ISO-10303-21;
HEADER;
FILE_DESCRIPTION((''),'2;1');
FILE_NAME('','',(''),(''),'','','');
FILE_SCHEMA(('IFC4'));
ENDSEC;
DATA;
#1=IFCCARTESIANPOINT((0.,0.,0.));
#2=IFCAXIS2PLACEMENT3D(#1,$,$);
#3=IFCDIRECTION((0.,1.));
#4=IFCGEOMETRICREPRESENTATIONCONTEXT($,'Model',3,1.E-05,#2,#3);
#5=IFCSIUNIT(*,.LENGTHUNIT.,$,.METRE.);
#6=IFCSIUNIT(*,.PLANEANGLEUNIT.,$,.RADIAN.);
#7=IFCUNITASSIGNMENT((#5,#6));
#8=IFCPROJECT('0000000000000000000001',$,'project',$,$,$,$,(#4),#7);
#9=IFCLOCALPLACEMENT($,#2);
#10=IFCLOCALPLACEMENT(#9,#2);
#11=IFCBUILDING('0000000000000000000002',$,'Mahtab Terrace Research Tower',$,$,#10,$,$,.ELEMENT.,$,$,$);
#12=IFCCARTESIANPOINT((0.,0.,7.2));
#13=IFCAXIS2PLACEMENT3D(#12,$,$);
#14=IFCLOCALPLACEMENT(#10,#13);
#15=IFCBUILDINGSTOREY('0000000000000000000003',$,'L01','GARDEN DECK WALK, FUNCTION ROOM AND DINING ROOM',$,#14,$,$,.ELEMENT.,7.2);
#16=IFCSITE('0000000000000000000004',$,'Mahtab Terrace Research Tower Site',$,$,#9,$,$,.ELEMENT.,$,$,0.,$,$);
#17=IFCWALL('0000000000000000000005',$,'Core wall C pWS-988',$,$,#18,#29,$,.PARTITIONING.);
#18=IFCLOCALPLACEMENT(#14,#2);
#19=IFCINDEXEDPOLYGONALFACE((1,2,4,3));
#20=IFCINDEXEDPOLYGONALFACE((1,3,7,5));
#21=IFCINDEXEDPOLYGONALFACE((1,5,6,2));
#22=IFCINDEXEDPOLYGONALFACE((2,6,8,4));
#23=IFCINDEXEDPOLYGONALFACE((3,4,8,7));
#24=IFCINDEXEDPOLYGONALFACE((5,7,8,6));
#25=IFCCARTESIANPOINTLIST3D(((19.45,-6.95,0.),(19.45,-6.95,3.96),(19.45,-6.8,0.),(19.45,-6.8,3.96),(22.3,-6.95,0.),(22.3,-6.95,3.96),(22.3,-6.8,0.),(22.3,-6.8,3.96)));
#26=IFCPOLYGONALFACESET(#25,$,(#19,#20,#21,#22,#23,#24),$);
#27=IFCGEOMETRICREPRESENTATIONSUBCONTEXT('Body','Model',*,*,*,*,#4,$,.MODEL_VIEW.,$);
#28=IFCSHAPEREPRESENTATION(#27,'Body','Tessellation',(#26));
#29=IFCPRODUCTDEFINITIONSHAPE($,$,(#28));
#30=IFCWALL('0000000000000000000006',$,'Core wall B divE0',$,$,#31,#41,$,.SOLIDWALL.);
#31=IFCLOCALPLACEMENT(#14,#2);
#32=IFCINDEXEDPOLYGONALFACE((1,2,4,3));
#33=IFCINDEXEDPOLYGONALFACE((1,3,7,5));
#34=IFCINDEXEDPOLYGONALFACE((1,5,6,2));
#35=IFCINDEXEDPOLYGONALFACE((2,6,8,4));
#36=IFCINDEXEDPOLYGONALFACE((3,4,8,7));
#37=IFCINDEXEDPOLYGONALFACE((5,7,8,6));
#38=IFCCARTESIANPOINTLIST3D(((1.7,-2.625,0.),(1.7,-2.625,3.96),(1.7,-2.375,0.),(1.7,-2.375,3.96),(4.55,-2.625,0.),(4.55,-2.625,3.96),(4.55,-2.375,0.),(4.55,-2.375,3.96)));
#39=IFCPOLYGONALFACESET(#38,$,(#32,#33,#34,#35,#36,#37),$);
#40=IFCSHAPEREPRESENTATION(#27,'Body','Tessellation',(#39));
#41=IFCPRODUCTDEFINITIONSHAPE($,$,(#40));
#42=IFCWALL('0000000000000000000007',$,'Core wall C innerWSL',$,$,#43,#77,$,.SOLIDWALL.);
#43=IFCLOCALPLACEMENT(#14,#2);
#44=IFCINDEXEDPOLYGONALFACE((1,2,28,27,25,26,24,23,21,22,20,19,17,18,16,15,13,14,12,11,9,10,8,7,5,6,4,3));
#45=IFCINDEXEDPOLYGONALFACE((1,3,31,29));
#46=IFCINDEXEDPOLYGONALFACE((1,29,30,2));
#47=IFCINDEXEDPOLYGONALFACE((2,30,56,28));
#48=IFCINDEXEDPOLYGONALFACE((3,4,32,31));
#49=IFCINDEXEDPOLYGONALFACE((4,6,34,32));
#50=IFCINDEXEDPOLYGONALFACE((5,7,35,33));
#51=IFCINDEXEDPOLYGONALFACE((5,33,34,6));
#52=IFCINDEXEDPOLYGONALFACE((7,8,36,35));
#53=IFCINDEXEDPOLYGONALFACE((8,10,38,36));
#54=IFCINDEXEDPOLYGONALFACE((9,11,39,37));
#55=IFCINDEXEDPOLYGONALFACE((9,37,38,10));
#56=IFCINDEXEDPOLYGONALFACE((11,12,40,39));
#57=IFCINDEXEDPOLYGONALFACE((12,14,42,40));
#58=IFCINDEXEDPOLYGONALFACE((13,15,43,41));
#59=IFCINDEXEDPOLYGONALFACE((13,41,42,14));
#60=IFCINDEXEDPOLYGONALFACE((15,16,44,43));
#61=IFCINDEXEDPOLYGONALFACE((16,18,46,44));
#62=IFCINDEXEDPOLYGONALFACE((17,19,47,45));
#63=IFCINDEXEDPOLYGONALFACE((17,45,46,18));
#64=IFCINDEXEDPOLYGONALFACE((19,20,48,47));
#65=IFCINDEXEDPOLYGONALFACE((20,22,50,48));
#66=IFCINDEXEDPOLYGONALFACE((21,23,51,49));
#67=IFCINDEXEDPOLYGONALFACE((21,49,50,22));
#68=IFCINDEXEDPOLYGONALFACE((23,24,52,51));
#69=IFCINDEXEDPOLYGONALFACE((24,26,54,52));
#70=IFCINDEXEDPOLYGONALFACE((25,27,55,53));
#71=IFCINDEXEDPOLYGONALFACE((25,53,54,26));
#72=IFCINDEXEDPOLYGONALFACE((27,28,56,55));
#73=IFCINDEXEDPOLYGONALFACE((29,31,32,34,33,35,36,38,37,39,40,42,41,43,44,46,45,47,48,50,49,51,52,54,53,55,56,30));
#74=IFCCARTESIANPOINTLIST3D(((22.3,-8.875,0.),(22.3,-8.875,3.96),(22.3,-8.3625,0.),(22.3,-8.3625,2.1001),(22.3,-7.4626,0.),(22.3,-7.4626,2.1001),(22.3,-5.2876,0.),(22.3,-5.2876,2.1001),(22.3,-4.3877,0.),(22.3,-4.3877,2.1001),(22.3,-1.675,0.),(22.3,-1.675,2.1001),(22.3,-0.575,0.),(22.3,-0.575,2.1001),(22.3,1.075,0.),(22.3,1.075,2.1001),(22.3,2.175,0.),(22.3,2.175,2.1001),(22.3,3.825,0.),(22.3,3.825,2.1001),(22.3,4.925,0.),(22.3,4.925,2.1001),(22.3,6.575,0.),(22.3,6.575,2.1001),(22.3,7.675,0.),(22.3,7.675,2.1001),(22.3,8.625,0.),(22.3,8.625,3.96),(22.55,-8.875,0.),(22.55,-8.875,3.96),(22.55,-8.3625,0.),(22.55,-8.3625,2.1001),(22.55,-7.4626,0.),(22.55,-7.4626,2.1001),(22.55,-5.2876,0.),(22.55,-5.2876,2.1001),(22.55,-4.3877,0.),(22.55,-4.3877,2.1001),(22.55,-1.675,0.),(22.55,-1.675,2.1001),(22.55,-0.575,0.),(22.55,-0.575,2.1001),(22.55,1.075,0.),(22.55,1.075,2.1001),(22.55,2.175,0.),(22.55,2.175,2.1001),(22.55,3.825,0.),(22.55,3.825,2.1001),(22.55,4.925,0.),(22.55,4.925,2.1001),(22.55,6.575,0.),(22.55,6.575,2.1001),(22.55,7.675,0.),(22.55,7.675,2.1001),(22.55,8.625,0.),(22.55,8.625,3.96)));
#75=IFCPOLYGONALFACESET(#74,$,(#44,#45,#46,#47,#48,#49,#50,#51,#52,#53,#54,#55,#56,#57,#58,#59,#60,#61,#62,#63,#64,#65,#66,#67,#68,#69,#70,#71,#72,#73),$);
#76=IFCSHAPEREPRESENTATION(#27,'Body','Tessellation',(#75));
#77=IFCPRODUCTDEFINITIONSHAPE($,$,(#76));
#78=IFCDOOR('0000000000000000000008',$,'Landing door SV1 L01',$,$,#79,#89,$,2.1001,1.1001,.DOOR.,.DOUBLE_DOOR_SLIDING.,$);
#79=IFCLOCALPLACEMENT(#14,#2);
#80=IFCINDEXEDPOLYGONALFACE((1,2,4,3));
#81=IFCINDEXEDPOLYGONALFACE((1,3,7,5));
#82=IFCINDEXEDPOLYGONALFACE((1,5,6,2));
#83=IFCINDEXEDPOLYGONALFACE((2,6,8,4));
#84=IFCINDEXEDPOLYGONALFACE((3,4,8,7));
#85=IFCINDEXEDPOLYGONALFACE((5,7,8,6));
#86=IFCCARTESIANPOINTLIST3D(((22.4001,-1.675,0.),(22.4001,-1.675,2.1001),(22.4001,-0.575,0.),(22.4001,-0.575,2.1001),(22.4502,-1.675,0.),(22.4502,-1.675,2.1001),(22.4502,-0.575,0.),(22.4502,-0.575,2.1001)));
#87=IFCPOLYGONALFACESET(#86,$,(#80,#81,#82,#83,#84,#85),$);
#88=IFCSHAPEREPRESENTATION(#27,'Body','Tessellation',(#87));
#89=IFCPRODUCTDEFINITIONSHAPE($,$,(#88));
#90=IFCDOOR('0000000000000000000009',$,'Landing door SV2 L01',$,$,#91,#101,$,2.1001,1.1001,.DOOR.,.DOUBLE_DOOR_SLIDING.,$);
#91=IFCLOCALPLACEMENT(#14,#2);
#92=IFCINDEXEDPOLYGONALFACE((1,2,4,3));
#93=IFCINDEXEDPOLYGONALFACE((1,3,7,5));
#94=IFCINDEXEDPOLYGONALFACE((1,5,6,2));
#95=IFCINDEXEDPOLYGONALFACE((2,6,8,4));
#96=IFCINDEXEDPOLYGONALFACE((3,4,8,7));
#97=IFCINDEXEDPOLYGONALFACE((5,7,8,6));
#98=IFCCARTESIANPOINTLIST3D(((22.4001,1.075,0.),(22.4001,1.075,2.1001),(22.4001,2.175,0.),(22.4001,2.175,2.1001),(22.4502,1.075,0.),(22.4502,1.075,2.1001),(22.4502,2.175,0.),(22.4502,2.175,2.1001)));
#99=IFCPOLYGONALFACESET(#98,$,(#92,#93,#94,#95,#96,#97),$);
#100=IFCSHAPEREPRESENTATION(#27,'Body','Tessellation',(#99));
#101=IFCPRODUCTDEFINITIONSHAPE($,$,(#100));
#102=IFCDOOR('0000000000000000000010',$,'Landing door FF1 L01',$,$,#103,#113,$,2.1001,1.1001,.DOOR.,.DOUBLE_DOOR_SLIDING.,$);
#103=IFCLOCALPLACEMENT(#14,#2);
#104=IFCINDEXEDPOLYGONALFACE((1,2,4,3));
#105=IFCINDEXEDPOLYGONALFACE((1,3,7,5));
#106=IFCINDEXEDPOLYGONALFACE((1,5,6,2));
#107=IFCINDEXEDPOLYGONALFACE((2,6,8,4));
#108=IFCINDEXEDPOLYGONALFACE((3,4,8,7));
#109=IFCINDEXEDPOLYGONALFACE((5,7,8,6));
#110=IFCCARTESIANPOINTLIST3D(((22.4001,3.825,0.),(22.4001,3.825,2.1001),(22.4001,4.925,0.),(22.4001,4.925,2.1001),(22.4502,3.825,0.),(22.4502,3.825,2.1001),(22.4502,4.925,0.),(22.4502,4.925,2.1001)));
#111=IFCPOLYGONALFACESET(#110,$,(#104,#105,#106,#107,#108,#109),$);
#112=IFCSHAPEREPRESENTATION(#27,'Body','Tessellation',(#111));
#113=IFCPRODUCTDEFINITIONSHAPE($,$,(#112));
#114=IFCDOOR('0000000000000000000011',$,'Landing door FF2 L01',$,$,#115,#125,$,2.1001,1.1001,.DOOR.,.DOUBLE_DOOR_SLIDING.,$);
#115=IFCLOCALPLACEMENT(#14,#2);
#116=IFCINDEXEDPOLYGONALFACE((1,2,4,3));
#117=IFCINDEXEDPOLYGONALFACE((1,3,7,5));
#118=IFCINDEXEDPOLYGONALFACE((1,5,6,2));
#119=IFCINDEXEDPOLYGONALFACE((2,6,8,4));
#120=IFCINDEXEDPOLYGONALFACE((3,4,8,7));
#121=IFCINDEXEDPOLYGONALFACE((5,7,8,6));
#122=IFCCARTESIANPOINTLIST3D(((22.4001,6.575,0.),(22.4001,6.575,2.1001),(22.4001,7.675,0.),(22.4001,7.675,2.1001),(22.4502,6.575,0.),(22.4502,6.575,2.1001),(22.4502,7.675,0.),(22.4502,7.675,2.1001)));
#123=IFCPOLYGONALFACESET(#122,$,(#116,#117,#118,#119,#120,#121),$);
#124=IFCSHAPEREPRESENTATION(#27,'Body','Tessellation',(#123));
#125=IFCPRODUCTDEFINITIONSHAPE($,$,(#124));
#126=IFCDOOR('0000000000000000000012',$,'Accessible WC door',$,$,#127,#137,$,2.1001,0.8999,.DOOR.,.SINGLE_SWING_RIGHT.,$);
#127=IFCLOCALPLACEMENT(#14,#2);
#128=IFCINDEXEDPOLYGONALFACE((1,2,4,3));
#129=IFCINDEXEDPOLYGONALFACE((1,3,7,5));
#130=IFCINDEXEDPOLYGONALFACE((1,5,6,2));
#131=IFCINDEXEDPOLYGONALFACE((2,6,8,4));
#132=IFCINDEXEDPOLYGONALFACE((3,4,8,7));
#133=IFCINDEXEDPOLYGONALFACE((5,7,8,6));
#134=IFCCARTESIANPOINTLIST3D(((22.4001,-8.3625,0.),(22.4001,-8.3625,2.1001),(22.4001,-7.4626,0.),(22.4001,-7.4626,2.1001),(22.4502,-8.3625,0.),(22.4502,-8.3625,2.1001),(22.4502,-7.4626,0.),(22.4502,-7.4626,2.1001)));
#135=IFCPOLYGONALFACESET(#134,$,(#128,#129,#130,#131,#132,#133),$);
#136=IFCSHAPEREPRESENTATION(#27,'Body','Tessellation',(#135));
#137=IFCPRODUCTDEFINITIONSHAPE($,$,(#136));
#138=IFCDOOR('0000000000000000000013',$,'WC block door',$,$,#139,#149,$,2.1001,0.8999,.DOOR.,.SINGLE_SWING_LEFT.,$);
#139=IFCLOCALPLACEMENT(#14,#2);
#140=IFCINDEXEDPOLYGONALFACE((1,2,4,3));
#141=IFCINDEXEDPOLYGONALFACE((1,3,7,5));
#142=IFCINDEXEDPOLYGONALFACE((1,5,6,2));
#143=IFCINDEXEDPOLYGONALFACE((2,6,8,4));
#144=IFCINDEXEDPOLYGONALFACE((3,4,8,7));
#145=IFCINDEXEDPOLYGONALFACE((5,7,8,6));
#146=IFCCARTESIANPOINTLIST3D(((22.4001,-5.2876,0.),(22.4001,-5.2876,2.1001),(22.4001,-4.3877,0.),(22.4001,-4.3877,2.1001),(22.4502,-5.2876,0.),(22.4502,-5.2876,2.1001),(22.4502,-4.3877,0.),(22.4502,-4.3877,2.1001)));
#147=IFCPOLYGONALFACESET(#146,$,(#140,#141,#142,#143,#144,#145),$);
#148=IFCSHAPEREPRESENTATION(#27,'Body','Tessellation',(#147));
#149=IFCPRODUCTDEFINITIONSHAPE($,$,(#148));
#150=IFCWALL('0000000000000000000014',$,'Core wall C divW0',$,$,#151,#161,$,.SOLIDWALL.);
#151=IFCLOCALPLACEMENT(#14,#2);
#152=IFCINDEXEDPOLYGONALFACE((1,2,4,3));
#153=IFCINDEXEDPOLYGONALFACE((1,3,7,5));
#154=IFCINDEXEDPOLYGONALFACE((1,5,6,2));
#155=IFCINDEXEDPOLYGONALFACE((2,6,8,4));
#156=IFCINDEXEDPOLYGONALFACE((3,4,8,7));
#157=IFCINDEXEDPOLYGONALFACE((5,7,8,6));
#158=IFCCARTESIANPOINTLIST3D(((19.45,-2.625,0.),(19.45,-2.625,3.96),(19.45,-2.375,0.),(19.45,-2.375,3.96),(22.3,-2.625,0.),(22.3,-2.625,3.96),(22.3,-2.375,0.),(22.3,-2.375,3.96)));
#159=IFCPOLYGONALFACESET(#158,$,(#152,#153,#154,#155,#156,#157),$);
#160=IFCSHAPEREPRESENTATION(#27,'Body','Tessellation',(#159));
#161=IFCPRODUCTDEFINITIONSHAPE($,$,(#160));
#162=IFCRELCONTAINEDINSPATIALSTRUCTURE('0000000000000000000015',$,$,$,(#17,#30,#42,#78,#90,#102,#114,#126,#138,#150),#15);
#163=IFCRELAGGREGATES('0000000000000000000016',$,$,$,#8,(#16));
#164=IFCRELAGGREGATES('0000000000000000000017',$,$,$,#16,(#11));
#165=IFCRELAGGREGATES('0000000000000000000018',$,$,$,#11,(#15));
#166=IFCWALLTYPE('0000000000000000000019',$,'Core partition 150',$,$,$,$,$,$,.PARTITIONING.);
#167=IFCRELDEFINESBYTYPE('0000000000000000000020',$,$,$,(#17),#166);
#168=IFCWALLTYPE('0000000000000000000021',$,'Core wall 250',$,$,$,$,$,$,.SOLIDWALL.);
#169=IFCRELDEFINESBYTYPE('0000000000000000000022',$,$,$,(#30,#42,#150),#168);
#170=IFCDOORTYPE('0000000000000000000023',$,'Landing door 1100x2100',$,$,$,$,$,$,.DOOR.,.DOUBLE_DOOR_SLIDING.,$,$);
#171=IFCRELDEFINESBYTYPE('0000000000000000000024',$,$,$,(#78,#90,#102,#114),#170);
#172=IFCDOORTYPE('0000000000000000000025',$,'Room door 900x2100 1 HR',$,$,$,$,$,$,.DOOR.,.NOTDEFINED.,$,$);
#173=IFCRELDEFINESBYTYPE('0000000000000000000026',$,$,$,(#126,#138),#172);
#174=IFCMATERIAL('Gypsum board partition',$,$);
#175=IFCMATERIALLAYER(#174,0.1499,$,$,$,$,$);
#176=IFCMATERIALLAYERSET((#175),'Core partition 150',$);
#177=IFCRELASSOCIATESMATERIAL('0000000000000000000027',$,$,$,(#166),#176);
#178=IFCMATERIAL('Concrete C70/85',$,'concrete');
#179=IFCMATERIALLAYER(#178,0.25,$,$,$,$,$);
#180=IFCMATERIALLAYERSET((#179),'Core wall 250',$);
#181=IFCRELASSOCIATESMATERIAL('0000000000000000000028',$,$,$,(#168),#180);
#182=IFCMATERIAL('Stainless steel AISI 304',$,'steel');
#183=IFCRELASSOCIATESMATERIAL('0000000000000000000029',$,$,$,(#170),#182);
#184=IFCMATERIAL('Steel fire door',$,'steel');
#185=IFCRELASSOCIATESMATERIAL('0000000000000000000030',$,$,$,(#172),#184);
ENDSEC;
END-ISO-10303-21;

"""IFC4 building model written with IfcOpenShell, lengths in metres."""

from ifc_helpers import new_model, si_unit, direction, frame, frame_2d, origin, place, context, subcontext, project, spatial, rectangle, extrude, material, layer, layer_set, type_object, element, fill, save


model = new_model("IFC4")

# Units and contexts
model_context = context("Model", 3, precision=1e-05, world=origin(), true_north=direction((0.0, 1.0)))
body_context = subcontext(model_context, "Body", "Model", "MODEL_VIEW")
ifc_project = project(units=[si_unit("LENGTHUNIT", "METRE"), si_unit("PLANEANGLEUNIT", "RADIAN")], contexts=[model_context])

# Site, building, storey
site_placement = place(None, origin())
site = spatial("IfcSite", under=ifc_project, at=site_placement, Name="Mahtab Terrace Research Tower Site", CompositionType="ELEMENT", RefElevation=0.0)
building_placement = place(site_placement, origin())
building = spatial("IfcBuilding", under=site, at=building_placement, Name="Mahtab Terrace Research Tower", CompositionType="ELEMENT")
storey_placement = place(building_placement, frame((0.0, 0.0, 7.2)))
storey = spatial("IfcBuildingStorey", under=building, at=storey_placement, Name="L01", Description="GARDEN DECK WALK, FUNCTION ROOM AND DINING ROOM", CompositionType="ELEMENT", Elevation=7.2)

# Walls
ifc_material_1 = material(Name="Gypsum board partition")
ifc_layer_1 = layer(ifc_material_1, 0.1499)
ifc_layer_set_1 = layer_set([ifc_layer_1], Name="Core partition 150")
wall_type_1 = type_object("IfcWallType", Name="Core partition 150", PredefinedType="PARTITIONING", material=ifc_layer_set_1)
wall_1_placement = place(storey_placement, frame((19.45, -6.875, 0.0), z_axis=(0.0, 0.0, 1.0), x_axis=(1.0, 0.0, 0.0)))
element("IfcWall", 1, at=wall_1_placement, inside=storey, type_object=wall_type_1, Name="Core wall C pWS-988", PredefinedType="PARTITIONING", context=body_context, shape_type="SweptSolid", body=[
    extrude(rectangle(XDim=2.8501, YDim=0.1499, at=frame_2d((1.425, 0.0))), origin(), (0.0, 0.0, 1.0), 3.96),
])
ifc_material_2 = material(Name="Concrete C70/85", Category="concrete")
ifc_layer_2 = layer(ifc_material_2, 0.25)
ifc_layer_set_2 = layer_set([ifc_layer_2], Name="Core wall 250")
wall_type_2 = type_object("IfcWallType", Name="Core wall 250", PredefinedType="SOLIDWALL", material=ifc_layer_set_2)
wall_2_placement = place(storey_placement, frame((1.7, -2.5, 0.0), z_axis=(0.0, 0.0, 1.0), x_axis=(1.0, 0.0, 0.0)))
element("IfcWall", 2, at=wall_2_placement, inside=storey, type_object=wall_type_2, Name="Core wall B divE0", PredefinedType="SOLIDWALL", context=body_context, shape_type="SweptSolid", body=[
    extrude(rectangle(XDim=2.8501, YDim=0.25, at=frame_2d((1.425, 0.0))), origin(), (0.0, 0.0, 1.0), 3.96),
])

# Wall, openings, doors
wall_3_placement = place(storey_placement, frame((22.425, -8.875, 0.0), z_axis=(0.0, 0.0, 1.0), x_axis=(0.0, 1.0, 0.0)))
wall_3 = element("IfcWall", 3, at=wall_3_placement, inside=storey, type_object=wall_type_2, Name="Core wall C innerWSL", PredefinedType="SOLIDWALL", context=body_context, shape_type="SweptSolid", body=[
    extrude(rectangle(XDim=17.5, YDim=0.25, at=frame_2d((8.75, 0.0))), origin(), (0.0, 0.0, 1.0), 3.96),
])
opening_1_placement = place(wall_3_placement, frame((7.2, 0.0, 0.0)))
opening_1 = element("IfcOpeningElement", 4, at=opening_1_placement, cuts=wall_3, PredefinedType="OPENING", context=body_context, shape_type="SweptSolid", body=[
    extrude(rectangle(XDim=1.1001, YDim=2.1001, at=frame_2d((0.55, 1.05))), frame((0.0, 0.135, 0.0), z_axis=(0.0, -1.0, 0.0), x_axis=(1.0, 0.0, 0.0)), (0.0, 0.0, 1.0), 0.27),
])
opening_2_placement = place(wall_3_placement, frame((9.95, 0.0, 0.0)))
opening_2 = element("IfcOpeningElement", 5, at=opening_2_placement, cuts=wall_3, PredefinedType="OPENING", context=body_context, shape_type="SweptSolid", body=[
    extrude(rectangle(XDim=1.1001, YDim=2.1001, at=frame_2d((0.55, 1.05))), frame((0.0, 0.135, 0.0), z_axis=(0.0, -1.0, 0.0), x_axis=(1.0, 0.0, 0.0)), (0.0, 0.0, 1.0), 0.27),
])
opening_3_placement = place(wall_3_placement, frame((12.7, 0.0, 0.0)))
opening_3 = element("IfcOpeningElement", 6, at=opening_3_placement, cuts=wall_3, PredefinedType="OPENING", context=body_context, shape_type="SweptSolid", body=[
    extrude(rectangle(XDim=1.1001, YDim=2.1001, at=frame_2d((0.55, 1.05))), frame((0.0, 0.135, 0.0), z_axis=(0.0, -1.0, 0.0), x_axis=(1.0, 0.0, 0.0)), (0.0, 0.0, 1.0), 0.27),
])
opening_4_placement = place(wall_3_placement, frame((15.45, 0.0, 0.0)))
opening_4 = element("IfcOpeningElement", 7, at=opening_4_placement, cuts=wall_3, PredefinedType="OPENING", context=body_context, shape_type="SweptSolid", body=[
    extrude(rectangle(XDim=1.1001, YDim=2.1001, at=frame_2d((0.55, 1.05))), frame((0.0, 0.135, 0.0), z_axis=(0.0, -1.0, 0.0), x_axis=(1.0, 0.0, 0.0)), (0.0, 0.0, 1.0), 0.27),
])
opening_5_placement = place(wall_3_placement, frame((0.5125, 0.0, 0.0)))
opening_5 = element("IfcOpeningElement", 8, at=opening_5_placement, cuts=wall_3, PredefinedType="OPENING", context=body_context, shape_type="SweptSolid", body=[
    extrude(rectangle(XDim=0.8999, YDim=2.1001, at=frame_2d((0.45, 1.05))), frame((0.0, 0.135, 0.0), z_axis=(0.0, -1.0, 0.0), x_axis=(1.0, 0.0, 0.0)), (0.0, 0.0, 1.0), 0.27),
])
opening_6_placement = place(wall_3_placement, frame((3.5874, 0.0, 0.0)))
opening_6 = element("IfcOpeningElement", 9, at=opening_6_placement, cuts=wall_3, PredefinedType="OPENING", context=body_context, shape_type="SweptSolid", body=[
    extrude(rectangle(XDim=0.8999, YDim=2.1001, at=frame_2d((0.45, 1.05))), frame((0.0, 0.135, 0.0), z_axis=(0.0, -1.0, 0.0), x_axis=(1.0, 0.0, 0.0)), (0.0, 0.0, 1.0), 0.27),
])
ifc_material_3 = material(Name="Stainless steel AISI 304", Category="steel")
door_type_1 = type_object("IfcDoorType", Name="Landing door 1100x2100", OperationType="DOUBLE_DOOR_SLIDING", PredefinedType="DOOR", material=ifc_material_3)
door_1_placement = place(opening_1_placement, origin())
door_1 = element("IfcDoor", 10, at=door_1_placement, inside=storey, type_object=door_type_1, Name="Landing door SV1 L01", OperationType="DOUBLE_DOOR_SLIDING", OverallHeight=2.1001, OverallWidth=1.1001, PredefinedType="DOOR", context=body_context, shape_type="SweptSolid", body=[
    extrude(rectangle(XDim=1.1001, YDim=2.1001, at=frame_2d((0.55, 1.05))), frame((0.0, 0.0249, 0.0), z_axis=(0.0, -1.0, 0.0), x_axis=(1.0, 0.0, 0.0)), (0.0, 0.0, 1.0), 0.05),
])
fill(opening_1, door_1)
door_2_placement = place(opening_2_placement, origin())
door_2 = element("IfcDoor", 11, at=door_2_placement, inside=storey, type_object=door_type_1, Name="Landing door SV2 L01", OperationType="DOUBLE_DOOR_SLIDING", OverallHeight=2.1001, OverallWidth=1.1001, PredefinedType="DOOR", context=body_context, shape_type="SweptSolid", body=[
    extrude(rectangle(XDim=1.1001, YDim=2.1001, at=frame_2d((0.55, 1.05))), frame((0.0, 0.0249, 0.0), z_axis=(0.0, -1.0, 0.0), x_axis=(1.0, 0.0, 0.0)), (0.0, 0.0, 1.0), 0.05),
])
fill(opening_2, door_2)
door_3_placement = place(opening_3_placement, origin())
door_3 = element("IfcDoor", 12, at=door_3_placement, inside=storey, type_object=door_type_1, Name="Landing door FF1 L01", OperationType="DOUBLE_DOOR_SLIDING", OverallHeight=2.1001, OverallWidth=1.1001, PredefinedType="DOOR", context=body_context, shape_type="SweptSolid", body=[
    extrude(rectangle(XDim=1.1001, YDim=2.1001, at=frame_2d((0.55, 1.05))), frame((0.0, 0.0249, 0.0), z_axis=(0.0, -1.0, 0.0), x_axis=(1.0, 0.0, 0.0)), (0.0, 0.0, 1.0), 0.05),
])
fill(opening_3, door_3)
door_4_placement = place(opening_4_placement, origin())
door_4 = element("IfcDoor", 13, at=door_4_placement, inside=storey, type_object=door_type_1, Name="Landing door FF2 L01", OperationType="DOUBLE_DOOR_SLIDING", OverallHeight=2.1001, OverallWidth=1.1001, PredefinedType="DOOR", context=body_context, shape_type="SweptSolid", body=[
    extrude(rectangle(XDim=1.1001, YDim=2.1001, at=frame_2d((0.55, 1.05))), frame((0.0, 0.0249, 0.0), z_axis=(0.0, -1.0, 0.0), x_axis=(1.0, 0.0, 0.0)), (0.0, 0.0, 1.0), 0.05),
])
fill(opening_4, door_4)
ifc_material_4 = material(Name="Steel fire door", Category="steel")
door_type_2 = type_object("IfcDoorType", Name="Room door 900x2100 1 HR", OperationType="NOTDEFINED", PredefinedType="DOOR", material=ifc_material_4)
door_5_placement = place(opening_5_placement, origin())
door_5 = element("IfcDoor", 14, at=door_5_placement, inside=storey, type_object=door_type_2, Name="Accessible WC door", OperationType="SINGLE_SWING_RIGHT", OverallHeight=2.1001, OverallWidth=0.8999, PredefinedType="DOOR", context=body_context, shape_type="SweptSolid", body=[
    extrude(rectangle(XDim=0.8999, YDim=2.1001, at=frame_2d((0.45, 1.05))), frame((0.0, 0.0249, 0.0), z_axis=(0.0, -1.0, 0.0), x_axis=(1.0, 0.0, 0.0)), (0.0, 0.0, 1.0), 0.05),
])
fill(opening_5, door_5)
door_6_placement = place(opening_6_placement, origin())
door_6 = element("IfcDoor", 15, at=door_6_placement, inside=storey, type_object=door_type_2, Name="WC block door", OperationType="SINGLE_SWING_LEFT", OverallHeight=2.1001, OverallWidth=0.8999, PredefinedType="DOOR", context=body_context, shape_type="SweptSolid", body=[
    extrude(rectangle(XDim=0.8999, YDim=2.1001, at=frame_2d((0.45, 1.05))), frame((0.0, 0.0249, 0.0), z_axis=(0.0, -1.0, 0.0), x_axis=(1.0, 0.0, 0.0)), (0.0, 0.0, 1.0), 0.05),
])
fill(opening_6, door_6)

# Wall
wall_4_placement = place(storey_placement, frame((19.45, -2.5, 0.0), z_axis=(0.0, 0.0, 1.0), x_axis=(1.0, 0.0, 0.0)))
element("IfcWall", 16, at=wall_4_placement, inside=storey, type_object=wall_type_2, Name="Core wall C divW0", PredefinedType="SOLIDWALL", context=body_context, shape_type="SweptSolid", body=[
    extrude(rectangle(XDim=2.8501, YDim=0.25, at=frame_2d((1.425, 0.0))), origin(), (0.0, 0.0, 1.0), 3.96),
])

save(model, "model.ifc")
